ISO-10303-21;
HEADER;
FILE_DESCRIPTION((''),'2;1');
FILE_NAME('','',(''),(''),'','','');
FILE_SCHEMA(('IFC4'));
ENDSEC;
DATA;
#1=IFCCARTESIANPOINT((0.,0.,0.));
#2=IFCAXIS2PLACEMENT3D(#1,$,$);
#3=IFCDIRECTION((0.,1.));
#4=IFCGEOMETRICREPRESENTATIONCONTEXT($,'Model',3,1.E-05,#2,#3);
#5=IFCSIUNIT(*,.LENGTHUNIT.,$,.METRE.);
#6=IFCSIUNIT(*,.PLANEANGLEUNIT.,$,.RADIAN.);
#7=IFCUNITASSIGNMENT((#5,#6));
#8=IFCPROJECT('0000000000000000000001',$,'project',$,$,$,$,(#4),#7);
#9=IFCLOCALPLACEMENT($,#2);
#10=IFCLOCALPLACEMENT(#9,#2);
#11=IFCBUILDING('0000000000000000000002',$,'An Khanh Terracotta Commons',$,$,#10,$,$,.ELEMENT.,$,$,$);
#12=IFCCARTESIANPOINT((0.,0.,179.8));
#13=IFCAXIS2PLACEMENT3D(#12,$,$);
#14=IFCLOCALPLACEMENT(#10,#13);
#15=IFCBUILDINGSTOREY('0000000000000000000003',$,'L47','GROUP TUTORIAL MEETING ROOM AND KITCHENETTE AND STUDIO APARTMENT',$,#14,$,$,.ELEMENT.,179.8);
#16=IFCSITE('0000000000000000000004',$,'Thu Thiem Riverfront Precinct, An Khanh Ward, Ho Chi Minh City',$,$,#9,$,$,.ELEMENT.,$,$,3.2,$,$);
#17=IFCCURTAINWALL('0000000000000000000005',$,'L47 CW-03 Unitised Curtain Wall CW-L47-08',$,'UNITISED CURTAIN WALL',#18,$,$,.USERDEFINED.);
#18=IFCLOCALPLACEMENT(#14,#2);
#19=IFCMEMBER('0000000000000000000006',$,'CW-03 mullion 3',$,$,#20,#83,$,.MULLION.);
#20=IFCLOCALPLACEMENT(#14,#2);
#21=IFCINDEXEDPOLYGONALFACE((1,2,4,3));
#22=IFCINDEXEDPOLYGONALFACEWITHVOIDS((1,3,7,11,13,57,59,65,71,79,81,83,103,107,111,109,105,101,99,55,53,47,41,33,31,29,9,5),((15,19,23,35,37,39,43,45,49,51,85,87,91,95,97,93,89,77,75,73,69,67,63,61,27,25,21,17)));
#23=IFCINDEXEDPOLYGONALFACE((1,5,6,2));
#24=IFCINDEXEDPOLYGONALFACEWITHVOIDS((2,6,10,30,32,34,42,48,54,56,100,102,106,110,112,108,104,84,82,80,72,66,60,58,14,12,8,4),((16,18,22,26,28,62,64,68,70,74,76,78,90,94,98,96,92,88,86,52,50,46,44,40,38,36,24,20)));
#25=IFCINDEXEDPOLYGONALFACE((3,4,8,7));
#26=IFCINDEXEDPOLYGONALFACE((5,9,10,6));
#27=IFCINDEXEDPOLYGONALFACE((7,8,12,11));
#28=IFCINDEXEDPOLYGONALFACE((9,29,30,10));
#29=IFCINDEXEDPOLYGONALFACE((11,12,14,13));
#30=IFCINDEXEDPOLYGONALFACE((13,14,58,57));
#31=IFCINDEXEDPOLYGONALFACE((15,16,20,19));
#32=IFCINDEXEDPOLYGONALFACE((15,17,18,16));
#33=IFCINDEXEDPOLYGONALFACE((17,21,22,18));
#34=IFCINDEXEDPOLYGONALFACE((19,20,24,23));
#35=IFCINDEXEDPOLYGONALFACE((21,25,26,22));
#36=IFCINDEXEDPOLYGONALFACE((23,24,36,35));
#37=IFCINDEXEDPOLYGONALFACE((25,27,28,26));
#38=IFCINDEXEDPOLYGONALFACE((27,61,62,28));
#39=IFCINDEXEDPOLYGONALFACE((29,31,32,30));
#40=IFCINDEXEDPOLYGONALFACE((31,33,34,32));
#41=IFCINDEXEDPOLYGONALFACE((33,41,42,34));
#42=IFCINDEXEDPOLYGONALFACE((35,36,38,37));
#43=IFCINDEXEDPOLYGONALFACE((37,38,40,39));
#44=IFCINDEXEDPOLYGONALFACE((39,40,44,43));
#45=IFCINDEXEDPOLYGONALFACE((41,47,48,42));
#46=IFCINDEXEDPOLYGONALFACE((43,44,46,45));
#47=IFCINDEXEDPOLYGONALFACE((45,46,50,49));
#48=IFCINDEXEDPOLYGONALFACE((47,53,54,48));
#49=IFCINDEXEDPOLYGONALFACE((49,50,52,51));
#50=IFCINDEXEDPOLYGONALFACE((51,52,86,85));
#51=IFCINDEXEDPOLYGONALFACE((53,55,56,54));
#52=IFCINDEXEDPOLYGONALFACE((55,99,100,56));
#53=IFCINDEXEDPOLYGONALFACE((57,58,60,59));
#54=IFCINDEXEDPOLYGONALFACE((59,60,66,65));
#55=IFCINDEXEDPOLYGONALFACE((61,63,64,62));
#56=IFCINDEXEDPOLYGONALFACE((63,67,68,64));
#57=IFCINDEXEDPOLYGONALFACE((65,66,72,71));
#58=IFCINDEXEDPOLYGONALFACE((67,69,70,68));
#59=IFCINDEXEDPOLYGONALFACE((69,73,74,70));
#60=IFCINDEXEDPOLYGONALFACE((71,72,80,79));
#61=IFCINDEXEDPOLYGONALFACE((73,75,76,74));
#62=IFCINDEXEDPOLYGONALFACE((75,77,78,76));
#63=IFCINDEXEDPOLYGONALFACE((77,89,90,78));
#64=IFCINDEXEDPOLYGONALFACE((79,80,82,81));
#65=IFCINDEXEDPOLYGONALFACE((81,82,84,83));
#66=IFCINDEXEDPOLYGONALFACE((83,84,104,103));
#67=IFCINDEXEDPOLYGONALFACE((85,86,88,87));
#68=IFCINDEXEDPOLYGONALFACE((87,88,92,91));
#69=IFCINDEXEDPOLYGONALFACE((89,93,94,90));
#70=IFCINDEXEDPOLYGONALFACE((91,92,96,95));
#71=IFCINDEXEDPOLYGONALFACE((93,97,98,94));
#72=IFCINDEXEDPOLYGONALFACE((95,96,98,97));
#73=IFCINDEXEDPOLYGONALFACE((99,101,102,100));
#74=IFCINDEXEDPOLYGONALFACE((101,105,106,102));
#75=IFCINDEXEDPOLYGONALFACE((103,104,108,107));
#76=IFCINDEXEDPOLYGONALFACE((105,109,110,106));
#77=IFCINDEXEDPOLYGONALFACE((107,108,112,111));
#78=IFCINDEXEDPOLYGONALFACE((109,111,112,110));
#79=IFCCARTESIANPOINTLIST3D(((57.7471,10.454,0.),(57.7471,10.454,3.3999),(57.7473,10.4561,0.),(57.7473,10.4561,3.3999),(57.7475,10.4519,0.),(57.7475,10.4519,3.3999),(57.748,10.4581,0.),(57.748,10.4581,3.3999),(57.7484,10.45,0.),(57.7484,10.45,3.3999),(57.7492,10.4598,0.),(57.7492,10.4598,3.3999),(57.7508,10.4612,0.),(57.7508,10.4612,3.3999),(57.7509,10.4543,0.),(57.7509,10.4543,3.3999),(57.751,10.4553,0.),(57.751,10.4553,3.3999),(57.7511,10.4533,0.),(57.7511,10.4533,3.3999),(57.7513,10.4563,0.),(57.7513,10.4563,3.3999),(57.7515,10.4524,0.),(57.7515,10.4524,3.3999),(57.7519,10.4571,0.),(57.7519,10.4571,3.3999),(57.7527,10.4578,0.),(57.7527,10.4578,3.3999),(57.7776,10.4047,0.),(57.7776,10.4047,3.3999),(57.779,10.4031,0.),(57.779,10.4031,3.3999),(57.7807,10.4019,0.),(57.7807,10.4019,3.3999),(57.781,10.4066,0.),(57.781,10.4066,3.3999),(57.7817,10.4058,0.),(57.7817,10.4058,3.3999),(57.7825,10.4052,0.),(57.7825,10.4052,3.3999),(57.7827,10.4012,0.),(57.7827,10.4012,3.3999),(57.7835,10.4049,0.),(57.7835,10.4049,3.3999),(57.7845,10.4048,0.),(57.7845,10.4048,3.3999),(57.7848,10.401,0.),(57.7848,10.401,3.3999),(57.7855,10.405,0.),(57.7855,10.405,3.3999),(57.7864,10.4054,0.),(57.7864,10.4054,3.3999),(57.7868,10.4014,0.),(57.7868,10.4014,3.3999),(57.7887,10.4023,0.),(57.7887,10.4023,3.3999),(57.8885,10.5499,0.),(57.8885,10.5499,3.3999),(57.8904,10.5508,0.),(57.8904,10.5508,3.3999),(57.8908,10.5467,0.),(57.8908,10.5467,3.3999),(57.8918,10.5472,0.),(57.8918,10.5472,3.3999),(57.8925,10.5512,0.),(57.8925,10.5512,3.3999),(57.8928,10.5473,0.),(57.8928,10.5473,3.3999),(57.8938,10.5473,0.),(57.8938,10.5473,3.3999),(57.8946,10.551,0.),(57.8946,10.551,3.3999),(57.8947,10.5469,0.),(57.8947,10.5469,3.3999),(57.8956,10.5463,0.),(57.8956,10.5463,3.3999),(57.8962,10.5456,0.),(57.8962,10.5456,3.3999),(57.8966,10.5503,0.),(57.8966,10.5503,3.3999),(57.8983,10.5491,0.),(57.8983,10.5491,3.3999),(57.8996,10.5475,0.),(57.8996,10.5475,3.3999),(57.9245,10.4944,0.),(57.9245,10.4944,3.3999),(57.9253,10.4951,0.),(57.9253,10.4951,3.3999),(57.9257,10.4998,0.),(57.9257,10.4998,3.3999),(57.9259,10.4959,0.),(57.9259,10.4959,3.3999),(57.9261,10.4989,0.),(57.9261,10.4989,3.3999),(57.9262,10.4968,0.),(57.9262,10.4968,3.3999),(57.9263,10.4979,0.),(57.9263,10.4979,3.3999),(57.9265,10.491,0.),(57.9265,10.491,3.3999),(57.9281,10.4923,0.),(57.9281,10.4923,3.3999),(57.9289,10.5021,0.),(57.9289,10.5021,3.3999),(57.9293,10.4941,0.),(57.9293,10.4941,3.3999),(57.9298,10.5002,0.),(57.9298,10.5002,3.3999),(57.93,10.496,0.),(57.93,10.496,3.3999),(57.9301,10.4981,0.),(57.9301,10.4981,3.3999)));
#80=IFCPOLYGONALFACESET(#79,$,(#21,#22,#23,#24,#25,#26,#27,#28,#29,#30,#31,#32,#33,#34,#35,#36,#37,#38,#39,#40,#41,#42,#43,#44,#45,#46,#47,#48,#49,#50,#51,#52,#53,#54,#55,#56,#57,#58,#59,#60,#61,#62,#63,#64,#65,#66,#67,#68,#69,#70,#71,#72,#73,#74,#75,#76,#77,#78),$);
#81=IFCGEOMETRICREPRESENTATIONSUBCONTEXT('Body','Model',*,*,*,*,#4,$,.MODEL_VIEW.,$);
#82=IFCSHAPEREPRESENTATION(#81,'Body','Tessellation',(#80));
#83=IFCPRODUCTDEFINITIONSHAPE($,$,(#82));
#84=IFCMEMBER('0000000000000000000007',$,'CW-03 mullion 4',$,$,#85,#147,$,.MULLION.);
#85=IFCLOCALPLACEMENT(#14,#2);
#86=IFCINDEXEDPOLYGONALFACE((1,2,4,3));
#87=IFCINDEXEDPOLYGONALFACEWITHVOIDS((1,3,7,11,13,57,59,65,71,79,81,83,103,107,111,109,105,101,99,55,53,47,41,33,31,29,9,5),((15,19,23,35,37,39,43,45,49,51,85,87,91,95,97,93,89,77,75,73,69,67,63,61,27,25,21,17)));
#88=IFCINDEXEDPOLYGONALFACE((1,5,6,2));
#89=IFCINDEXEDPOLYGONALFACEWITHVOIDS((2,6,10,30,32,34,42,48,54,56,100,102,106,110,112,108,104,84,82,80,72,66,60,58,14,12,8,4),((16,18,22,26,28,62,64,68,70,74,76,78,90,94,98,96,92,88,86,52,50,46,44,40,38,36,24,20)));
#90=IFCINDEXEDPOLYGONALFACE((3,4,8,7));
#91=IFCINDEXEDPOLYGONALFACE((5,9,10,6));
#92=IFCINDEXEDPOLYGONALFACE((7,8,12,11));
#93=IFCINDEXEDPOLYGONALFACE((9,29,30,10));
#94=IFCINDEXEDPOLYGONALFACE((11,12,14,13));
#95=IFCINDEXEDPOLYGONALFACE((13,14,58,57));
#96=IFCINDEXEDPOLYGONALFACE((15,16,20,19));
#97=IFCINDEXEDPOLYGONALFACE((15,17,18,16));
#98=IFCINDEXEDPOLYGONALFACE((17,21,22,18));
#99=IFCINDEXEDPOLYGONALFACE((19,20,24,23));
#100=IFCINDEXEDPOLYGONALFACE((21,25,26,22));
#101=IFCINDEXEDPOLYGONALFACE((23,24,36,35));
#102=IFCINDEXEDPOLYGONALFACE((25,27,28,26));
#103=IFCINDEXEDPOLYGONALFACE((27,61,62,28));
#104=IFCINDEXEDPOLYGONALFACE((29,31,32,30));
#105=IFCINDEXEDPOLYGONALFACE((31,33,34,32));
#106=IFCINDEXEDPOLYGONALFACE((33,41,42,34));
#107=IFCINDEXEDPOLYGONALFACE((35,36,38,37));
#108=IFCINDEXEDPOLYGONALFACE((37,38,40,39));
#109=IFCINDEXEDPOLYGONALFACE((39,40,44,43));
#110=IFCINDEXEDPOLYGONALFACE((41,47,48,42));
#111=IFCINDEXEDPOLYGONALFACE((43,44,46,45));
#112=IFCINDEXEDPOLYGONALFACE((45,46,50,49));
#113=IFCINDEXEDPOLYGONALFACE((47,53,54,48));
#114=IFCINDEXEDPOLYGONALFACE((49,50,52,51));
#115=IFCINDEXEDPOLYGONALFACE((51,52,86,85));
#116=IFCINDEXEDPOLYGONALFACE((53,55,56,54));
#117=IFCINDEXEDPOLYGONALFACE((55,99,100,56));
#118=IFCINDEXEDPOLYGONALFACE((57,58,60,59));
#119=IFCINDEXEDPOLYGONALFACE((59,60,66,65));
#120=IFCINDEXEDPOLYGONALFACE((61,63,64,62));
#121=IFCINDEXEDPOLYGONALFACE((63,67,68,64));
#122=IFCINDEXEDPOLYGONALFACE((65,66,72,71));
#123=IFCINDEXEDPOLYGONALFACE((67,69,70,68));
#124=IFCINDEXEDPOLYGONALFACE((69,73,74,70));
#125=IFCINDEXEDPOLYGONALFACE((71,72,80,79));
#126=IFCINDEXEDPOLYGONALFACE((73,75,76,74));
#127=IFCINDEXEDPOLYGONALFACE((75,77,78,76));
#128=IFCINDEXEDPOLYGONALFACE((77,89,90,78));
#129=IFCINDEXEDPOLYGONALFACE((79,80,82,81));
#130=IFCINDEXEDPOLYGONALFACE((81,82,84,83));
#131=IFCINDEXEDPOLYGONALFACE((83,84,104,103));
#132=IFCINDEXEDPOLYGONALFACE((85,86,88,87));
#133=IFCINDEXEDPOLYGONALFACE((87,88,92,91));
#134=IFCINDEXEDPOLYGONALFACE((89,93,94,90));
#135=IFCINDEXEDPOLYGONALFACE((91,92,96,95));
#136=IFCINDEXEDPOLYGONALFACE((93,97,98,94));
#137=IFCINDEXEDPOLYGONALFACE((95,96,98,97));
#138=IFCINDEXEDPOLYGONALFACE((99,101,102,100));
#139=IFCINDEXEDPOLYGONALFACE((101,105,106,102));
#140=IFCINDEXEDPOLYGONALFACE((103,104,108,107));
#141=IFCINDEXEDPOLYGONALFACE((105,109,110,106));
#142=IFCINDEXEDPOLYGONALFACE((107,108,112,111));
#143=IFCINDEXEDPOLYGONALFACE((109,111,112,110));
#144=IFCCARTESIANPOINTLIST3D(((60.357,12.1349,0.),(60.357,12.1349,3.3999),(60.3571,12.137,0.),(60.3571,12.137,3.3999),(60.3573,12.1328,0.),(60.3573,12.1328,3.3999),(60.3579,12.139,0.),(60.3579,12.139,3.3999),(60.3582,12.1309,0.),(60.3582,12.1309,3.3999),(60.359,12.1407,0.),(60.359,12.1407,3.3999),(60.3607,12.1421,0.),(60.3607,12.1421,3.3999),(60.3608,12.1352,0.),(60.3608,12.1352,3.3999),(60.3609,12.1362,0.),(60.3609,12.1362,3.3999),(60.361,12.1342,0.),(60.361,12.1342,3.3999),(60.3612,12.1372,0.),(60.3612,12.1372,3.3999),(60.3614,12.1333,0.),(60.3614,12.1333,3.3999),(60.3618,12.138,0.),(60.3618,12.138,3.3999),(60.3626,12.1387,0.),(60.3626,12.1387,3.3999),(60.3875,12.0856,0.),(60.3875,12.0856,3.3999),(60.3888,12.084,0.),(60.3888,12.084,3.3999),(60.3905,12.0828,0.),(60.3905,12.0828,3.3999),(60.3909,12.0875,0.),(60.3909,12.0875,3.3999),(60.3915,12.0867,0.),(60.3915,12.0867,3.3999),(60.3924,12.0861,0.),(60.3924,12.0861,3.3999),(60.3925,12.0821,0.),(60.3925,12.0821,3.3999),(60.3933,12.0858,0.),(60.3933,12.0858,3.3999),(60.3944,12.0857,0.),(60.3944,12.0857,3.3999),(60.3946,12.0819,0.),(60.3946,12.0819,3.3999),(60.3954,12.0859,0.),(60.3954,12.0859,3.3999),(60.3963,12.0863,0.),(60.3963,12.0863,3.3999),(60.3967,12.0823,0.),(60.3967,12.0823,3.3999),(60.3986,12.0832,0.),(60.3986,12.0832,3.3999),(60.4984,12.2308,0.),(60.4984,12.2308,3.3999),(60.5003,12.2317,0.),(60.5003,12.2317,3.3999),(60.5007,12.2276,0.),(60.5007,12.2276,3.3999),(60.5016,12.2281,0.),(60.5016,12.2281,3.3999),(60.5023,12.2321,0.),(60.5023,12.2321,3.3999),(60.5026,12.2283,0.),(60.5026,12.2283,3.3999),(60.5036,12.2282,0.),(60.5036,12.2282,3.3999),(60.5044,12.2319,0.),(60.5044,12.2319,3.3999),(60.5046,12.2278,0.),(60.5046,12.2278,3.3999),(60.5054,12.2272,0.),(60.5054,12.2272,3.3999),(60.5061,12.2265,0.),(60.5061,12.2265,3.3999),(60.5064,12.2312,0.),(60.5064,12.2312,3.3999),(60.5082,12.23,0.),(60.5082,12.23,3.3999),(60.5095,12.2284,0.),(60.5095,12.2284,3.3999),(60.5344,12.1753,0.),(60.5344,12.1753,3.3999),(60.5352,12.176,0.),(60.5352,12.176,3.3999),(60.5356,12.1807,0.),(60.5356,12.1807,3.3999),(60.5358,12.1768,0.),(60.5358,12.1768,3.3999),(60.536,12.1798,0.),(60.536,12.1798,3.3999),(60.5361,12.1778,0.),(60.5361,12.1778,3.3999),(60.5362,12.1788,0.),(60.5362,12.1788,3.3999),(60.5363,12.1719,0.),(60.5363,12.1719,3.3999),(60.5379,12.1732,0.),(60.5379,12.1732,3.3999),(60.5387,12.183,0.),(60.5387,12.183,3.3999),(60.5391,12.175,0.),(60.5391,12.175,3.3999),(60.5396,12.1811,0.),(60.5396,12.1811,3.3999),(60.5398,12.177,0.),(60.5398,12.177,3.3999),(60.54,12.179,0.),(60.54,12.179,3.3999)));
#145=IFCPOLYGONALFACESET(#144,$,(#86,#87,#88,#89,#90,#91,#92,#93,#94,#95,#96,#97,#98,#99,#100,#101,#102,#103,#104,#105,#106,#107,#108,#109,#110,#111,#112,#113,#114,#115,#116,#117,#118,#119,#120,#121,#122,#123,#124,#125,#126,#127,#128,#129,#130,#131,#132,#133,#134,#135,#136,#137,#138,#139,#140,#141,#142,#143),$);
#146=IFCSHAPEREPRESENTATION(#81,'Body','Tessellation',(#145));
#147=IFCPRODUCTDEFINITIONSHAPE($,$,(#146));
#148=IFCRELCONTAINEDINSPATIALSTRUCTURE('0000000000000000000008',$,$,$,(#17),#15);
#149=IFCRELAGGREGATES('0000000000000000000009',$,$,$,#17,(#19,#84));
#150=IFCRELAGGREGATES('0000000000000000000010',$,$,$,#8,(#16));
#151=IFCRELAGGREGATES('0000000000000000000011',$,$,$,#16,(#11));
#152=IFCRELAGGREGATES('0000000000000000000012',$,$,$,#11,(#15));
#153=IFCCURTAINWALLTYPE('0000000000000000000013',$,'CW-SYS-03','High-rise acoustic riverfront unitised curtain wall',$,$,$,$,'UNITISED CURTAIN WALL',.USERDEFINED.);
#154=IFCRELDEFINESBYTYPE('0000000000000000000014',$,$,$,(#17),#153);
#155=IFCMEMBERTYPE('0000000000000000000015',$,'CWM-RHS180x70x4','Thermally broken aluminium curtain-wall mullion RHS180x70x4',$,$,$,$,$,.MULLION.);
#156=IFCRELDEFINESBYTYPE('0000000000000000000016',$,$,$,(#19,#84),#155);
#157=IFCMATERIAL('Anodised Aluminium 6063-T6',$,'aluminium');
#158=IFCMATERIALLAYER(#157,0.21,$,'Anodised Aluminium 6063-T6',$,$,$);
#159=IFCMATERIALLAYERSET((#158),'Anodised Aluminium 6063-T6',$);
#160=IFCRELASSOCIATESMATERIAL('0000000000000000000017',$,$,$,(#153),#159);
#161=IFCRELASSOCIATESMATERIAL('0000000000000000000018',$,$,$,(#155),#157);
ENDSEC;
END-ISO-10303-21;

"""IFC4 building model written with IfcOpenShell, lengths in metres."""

from ifc_helpers import new_model, si_unit, direction, frame, origin, origin_2d, place, context, subcontext, project, spatial, hollow_rectangle, extrude, material, layer, layer_set, material_profile, profile_set, type_object, element, aggregate, save


model = new_model("IFC4")

# Units and contexts
model_context = context("Model", 3, precision=1e-05, world=origin(), true_north=direction((0.0, 1.0)))
body_context = subcontext(model_context, "Body", "Model", "MODEL_VIEW")
ifc_project = project(units=[si_unit("LENGTHUNIT", "METRE"), si_unit("PLANEANGLEUNIT", "RADIAN")], contexts=[model_context])

# Site, building, storey
site_placement = place(None, origin())
site = spatial("IfcSite", under=ifc_project, at=site_placement, Name="Thu Thiem Riverfront Precinct, An Khanh Ward, Ho Chi Minh City", CompositionType="ELEMENT", RefElevation=3.2)
building_placement = place(site_placement, origin())
building = spatial("IfcBuilding", under=site, at=building_placement, Name="An Khanh Terracotta Commons", CompositionType="ELEMENT")
storey_placement = place(building_placement, frame((0.0, 0.0, 179.8)))
storey = spatial("IfcBuildingStorey", under=building, at=storey_placement, Name="L47", Description="GROUP TUTORIAL MEETING ROOM AND KITCHENETTE AND STUDIO APARTMENT", CompositionType="ELEMENT", Elevation=179.8)

# Curtain wall, members
ifc_material_1 = material(Name="Anodised Aluminium 6063-T6", Category="aluminium")
ifc_layer_1 = layer(ifc_material_1, 0.21, Name="Anodised Aluminium 6063-T6")
ifc_layer_set_1 = layer_set([ifc_layer_1], Name="Anodised Aluminium 6063-T6")
curtain_wall_type = type_object("IfcCurtainWallType", Name="CW-SYS-03", Description="High-rise acoustic riverfront unitised curtain wall", ElementType="UNITISED CURTAIN WALL", PredefinedType="USERDEFINED", material=ifc_layer_set_1)
curtain_wall_1_placement = place(storey_placement, origin())
curtain_wall_1 = element("IfcCurtainWall", 1, at=curtain_wall_1_placement, inside=storey, type_object=curtain_wall_type, Name="L47 CW-03 Unitised Curtain Wall CW-L47-08", ObjectType="UNITISED CURTAIN WALL", PredefinedType="USERDEFINED")
ifc_material_profile_1 = material_profile(ifc_material_1, hollow_rectangle(XDim=0.0701, YDim=0.1799, WallThickness=0.0039, InnerFilletRadius=0.0039, OuterFilletRadius=0.0081, at=origin_2d()), Name="RHS180x70x4")
ifc_profile_set_1 = profile_set([ifc_material_profile_1], Name="Anodised Aluminium 6063-T6")
member_type_1 = type_object("IfcMemberType", Name="CWM-RHS180x70x4", Description="Thermally broken aluminium curtain-wall mullion RHS180x70x4", PredefinedType="MULLION", material=ifc_profile_set_1)
member_1_placement = place(storey_placement, frame((57.8386, 10.4761, 0.0), z_axis=(0.0, 0.0, 1.0), x_axis=(-0.541498, 0.840702, 0.0)))
member_1 = element("IfcMember", 2, at=member_1_placement, type_object=member_type_1, Name="CW-03 mullion 3", PredefinedType="MULLION", context=body_context, shape_type="SweptSolid", body=[
    extrude(hollow_rectangle(XDim=0.0701, YDim=0.1799, WallThickness=0.0039, InnerFilletRadius=0.0039, OuterFilletRadius=0.0081, at=origin_2d()), origin(), (0.0, 0.0, 1.0), 3.3999),
])
member_2_placement = place(storey_placement, frame((60.4485, 12.157, 0.0), z_axis=(0.0, 0.0, 1.0), x_axis=(-0.541498, 0.840702, 0.0)))
member_2 = element("IfcMember", 3, at=member_2_placement, type_object=member_type_1, Name="CW-03 mullion 4", PredefinedType="MULLION", context=body_context, shape_type="SweptSolid", body=[
    extrude(hollow_rectangle(XDim=0.0701, YDim=0.1799, WallThickness=0.0039, InnerFilletRadius=0.0039, OuterFilletRadius=0.0081, at=origin_2d()), origin(), (0.0, 0.0, 1.0), 3.3999),
])

aggregate(curtain_wall_1, [member_1, member_2])

save(model, "model.ifc")
